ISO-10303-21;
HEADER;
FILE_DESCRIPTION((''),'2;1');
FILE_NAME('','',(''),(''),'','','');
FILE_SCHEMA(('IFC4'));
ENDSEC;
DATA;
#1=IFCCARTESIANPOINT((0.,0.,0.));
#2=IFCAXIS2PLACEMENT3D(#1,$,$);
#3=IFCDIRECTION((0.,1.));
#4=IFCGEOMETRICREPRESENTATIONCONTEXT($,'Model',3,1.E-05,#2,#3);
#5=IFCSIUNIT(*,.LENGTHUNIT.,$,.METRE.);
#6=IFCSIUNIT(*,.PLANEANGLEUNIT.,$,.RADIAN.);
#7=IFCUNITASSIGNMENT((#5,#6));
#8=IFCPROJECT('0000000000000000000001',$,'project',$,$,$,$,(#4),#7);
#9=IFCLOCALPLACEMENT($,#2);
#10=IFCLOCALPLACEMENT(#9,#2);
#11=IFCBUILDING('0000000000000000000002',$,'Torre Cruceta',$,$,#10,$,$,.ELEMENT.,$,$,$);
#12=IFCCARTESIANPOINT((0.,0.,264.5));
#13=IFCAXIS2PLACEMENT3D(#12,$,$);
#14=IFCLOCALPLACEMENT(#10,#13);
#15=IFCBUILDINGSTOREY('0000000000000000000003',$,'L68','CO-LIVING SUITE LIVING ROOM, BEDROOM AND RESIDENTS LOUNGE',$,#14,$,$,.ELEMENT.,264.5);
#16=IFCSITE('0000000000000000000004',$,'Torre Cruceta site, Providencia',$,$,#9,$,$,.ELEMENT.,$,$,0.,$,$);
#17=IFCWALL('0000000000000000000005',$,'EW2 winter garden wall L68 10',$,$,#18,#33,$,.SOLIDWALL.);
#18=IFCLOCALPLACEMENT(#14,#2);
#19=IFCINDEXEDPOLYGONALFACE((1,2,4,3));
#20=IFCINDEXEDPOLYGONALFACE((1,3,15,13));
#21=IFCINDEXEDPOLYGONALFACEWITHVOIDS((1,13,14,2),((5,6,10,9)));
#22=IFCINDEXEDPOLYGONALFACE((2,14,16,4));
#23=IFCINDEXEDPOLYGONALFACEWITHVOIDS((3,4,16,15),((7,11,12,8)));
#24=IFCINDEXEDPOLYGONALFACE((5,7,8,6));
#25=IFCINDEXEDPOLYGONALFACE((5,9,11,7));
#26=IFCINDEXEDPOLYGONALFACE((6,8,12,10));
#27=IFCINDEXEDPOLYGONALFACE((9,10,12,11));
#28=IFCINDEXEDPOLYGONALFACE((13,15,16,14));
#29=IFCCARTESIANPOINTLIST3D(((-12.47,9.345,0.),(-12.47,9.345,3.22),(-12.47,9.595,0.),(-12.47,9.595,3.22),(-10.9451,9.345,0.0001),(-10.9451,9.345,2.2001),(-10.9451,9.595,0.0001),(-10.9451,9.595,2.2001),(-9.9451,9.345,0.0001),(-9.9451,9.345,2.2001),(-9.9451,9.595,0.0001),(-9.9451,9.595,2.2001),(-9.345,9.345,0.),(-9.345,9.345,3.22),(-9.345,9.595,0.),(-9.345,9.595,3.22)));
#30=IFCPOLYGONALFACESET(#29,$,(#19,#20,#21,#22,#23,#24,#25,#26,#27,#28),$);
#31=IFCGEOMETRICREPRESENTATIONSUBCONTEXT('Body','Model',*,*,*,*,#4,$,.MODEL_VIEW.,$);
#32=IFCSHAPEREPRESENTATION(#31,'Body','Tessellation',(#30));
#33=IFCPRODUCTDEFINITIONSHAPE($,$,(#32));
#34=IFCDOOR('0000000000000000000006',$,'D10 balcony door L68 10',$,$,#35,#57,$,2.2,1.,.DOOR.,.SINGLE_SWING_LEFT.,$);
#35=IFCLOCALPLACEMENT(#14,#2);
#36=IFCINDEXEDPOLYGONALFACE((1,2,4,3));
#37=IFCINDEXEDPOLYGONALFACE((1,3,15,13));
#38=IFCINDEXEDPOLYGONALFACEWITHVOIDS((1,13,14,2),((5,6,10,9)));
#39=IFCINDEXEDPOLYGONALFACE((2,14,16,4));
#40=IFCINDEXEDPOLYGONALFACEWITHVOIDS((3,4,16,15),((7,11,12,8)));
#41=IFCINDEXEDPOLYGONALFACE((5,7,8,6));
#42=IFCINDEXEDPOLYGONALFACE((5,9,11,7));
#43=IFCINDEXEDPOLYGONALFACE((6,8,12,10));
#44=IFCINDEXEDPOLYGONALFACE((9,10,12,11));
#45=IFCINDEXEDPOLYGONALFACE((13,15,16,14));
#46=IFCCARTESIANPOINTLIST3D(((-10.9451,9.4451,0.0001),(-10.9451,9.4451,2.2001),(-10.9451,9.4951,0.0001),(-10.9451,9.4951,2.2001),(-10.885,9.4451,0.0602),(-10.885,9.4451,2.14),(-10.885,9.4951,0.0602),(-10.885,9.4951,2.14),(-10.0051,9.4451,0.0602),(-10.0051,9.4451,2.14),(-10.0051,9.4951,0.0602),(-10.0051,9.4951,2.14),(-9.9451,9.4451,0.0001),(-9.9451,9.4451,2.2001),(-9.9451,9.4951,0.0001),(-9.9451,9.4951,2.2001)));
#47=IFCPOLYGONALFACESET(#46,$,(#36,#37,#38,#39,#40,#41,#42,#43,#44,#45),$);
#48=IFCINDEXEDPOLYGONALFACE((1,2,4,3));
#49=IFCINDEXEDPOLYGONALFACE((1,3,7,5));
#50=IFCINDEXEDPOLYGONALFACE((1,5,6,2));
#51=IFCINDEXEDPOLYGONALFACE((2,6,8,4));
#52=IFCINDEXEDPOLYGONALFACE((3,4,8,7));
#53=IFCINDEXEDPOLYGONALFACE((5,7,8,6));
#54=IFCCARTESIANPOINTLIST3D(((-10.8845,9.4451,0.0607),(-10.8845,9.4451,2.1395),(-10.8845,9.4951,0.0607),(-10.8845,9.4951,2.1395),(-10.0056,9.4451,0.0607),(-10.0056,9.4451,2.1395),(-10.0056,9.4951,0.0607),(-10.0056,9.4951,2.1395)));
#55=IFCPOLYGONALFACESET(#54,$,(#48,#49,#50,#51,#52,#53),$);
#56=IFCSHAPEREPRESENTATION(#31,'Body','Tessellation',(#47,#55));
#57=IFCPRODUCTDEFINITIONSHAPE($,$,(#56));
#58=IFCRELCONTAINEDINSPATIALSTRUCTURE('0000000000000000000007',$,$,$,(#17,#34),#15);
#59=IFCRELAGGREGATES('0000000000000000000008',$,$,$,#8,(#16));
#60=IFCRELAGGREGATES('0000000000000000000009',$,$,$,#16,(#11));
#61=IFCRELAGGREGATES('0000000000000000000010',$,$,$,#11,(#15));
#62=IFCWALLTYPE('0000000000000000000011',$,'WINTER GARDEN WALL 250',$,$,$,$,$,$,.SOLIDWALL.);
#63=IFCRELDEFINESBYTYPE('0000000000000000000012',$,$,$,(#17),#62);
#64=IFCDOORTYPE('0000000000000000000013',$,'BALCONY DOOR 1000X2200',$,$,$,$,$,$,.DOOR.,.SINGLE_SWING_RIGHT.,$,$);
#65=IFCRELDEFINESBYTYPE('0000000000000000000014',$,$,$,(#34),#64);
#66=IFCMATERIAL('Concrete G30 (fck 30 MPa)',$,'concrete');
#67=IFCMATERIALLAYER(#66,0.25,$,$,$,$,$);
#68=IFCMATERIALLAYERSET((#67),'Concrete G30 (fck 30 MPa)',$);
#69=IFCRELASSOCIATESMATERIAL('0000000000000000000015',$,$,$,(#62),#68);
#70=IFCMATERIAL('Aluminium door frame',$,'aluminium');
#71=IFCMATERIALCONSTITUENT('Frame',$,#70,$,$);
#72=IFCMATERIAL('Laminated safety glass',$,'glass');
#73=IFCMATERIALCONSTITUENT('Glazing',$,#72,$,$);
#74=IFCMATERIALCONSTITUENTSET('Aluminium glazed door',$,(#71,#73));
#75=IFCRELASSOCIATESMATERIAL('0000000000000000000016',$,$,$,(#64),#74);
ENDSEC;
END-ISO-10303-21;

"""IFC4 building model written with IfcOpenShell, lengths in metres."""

from ifc_helpers import new_model, si_unit, direction, frame, frame_2d, origin, place, context, subcontext, project, spatial, rectangle, hollow_rectangle, extrude, material, layer, layer_set, constituent, constituent_set, type_object, element, fill, save


model = new_model("IFC4")

# Units and contexts
model_context = context("Model", 3, precision=1e-05, world=origin(), true_north=direction((0.0, 1.0)))
body_context = subcontext(model_context, "Body", "Model", "MODEL_VIEW")
ifc_project = project(units=[si_unit("LENGTHUNIT", "METRE"), si_unit("PLANEANGLEUNIT", "RADIAN")], contexts=[model_context])

# Site, building, storey
site_placement = place(None, origin())
site = spatial("IfcSite", under=ifc_project, at=site_placement, Name="Torre Cruceta site, Providencia", CompositionType="ELEMENT", RefElevation=0.0)
building_placement = place(site_placement, origin())
building = spatial("IfcBuilding", under=site, at=building_placement, Name="Torre Cruceta", CompositionType="ELEMENT")
storey_placement = place(building_placement, frame((0.0, 0.0, 264.5)))
storey = spatial("IfcBuildingStorey", under=building, at=storey_placement, Name="L68", Description="CO-LIVING SUITE LIVING ROOM, BEDROOM AND RESIDENTS LOUNGE", CompositionType="ELEMENT", Elevation=264.5)

# Wall, opening, door
ifc_material_1 = material(Name="Concrete G30 (fck 30 MPa)", Category="concrete")
ifc_layer_1 = layer(ifc_material_1, 0.25)
ifc_layer_set_1 = layer_set([ifc_layer_1], Name="Concrete G30 (fck 30 MPa)")
wall_type_1 = type_object("IfcWallType", Name="WINTER GARDEN WALL 250", PredefinedType="SOLIDWALL", material=ifc_layer_set_1)
ifc_material_2 = material(Name="Aluminium door frame", Category="aluminium")
ifc_constituent_1 = constituent(ifc_material_2, Name="Frame")
ifc_material_3 = material(Name="Laminated safety glass", Category="glass")
ifc_constituent_2 = constituent(ifc_material_3, Name="Glazing")
ifc_constituent_set_1 = constituent_set(constituents=[ifc_constituent_1, ifc_constituent_2], Name="Aluminium glazed door")
door_type_1 = type_object("IfcDoorType", Name="BALCONY DOOR 1000X2200", OperationType="SINGLE_SWING_RIGHT", PredefinedType="DOOR", material=ifc_constituent_set_1)
wall_1_placement = place(storey_placement, frame((-9.345, 9.47, 0.0), z_axis=(0.0, 0.0, 1.0), x_axis=(-1.0, 0.0, 0.0)))
wall_1 = element("IfcWall", 1, at=wall_1_placement, inside=storey, type_object=wall_type_1, Name="EW2 winter garden wall L68 10", PredefinedType="SOLIDWALL", context=body_context, shape_type="SweptSolid", body=[
    extrude(rectangle(XDim=3.125, YDim=0.25, at=frame_2d((1.5625, 0.0))), origin(), (0.0, 0.0, 1.0), 3.22),
])
opening_1_placement = place(wall_1_placement, frame((0.6001, 0.0, 0.0)))
opening_1 = element("IfcOpeningElement", 2, at=opening_1_placement, cuts=wall_1, PredefinedType="OPENING", context=body_context, shape_type="SweptSolid", body=[
    extrude(rectangle(XDim=1.0, YDim=2.2, at=frame_2d((0.5, 1.1001))), frame((0.0, 0.135, 0.0), z_axis=(0.0, -1.0, 0.0), x_axis=(1.0, 0.0, 0.0)), (0.0, 0.0, 1.0), 0.27),
])
door_1_placement = place(opening_1_placement, origin())
door_1 = element("IfcDoor", 3, at=door_1_placement, inside=storey, type_object=door_type_1, Name="D10 balcony door L68 10", OperationType="SINGLE_SWING_LEFT", OverallHeight=2.2, OverallWidth=1.0, PredefinedType="DOOR", context=body_context, shape_type="SweptSolid", body=[
    extrude(hollow_rectangle(XDim=1.0, YDim=2.2, WallThickness=0.0601, at=frame_2d((0.5, 1.1001))), frame((0.0, 0.0249, 0.0), z_axis=(0.0, -1.0, 0.0), x_axis=(1.0, 0.0, 0.0)), (0.0, 0.0, 1.0), 0.05),
    extrude(rectangle(XDim=0.8789, YDim=2.0789, at=frame_2d((0.5, 1.1001))), frame((0.0, 0.0249, 0.0), z_axis=(0.0, -1.0, 0.0), x_axis=(1.0, 0.0, 0.0)), (0.0, 0.0, 1.0), 0.05),
])
fill(opening_1, door_1)

save(model, "model.ifc")
